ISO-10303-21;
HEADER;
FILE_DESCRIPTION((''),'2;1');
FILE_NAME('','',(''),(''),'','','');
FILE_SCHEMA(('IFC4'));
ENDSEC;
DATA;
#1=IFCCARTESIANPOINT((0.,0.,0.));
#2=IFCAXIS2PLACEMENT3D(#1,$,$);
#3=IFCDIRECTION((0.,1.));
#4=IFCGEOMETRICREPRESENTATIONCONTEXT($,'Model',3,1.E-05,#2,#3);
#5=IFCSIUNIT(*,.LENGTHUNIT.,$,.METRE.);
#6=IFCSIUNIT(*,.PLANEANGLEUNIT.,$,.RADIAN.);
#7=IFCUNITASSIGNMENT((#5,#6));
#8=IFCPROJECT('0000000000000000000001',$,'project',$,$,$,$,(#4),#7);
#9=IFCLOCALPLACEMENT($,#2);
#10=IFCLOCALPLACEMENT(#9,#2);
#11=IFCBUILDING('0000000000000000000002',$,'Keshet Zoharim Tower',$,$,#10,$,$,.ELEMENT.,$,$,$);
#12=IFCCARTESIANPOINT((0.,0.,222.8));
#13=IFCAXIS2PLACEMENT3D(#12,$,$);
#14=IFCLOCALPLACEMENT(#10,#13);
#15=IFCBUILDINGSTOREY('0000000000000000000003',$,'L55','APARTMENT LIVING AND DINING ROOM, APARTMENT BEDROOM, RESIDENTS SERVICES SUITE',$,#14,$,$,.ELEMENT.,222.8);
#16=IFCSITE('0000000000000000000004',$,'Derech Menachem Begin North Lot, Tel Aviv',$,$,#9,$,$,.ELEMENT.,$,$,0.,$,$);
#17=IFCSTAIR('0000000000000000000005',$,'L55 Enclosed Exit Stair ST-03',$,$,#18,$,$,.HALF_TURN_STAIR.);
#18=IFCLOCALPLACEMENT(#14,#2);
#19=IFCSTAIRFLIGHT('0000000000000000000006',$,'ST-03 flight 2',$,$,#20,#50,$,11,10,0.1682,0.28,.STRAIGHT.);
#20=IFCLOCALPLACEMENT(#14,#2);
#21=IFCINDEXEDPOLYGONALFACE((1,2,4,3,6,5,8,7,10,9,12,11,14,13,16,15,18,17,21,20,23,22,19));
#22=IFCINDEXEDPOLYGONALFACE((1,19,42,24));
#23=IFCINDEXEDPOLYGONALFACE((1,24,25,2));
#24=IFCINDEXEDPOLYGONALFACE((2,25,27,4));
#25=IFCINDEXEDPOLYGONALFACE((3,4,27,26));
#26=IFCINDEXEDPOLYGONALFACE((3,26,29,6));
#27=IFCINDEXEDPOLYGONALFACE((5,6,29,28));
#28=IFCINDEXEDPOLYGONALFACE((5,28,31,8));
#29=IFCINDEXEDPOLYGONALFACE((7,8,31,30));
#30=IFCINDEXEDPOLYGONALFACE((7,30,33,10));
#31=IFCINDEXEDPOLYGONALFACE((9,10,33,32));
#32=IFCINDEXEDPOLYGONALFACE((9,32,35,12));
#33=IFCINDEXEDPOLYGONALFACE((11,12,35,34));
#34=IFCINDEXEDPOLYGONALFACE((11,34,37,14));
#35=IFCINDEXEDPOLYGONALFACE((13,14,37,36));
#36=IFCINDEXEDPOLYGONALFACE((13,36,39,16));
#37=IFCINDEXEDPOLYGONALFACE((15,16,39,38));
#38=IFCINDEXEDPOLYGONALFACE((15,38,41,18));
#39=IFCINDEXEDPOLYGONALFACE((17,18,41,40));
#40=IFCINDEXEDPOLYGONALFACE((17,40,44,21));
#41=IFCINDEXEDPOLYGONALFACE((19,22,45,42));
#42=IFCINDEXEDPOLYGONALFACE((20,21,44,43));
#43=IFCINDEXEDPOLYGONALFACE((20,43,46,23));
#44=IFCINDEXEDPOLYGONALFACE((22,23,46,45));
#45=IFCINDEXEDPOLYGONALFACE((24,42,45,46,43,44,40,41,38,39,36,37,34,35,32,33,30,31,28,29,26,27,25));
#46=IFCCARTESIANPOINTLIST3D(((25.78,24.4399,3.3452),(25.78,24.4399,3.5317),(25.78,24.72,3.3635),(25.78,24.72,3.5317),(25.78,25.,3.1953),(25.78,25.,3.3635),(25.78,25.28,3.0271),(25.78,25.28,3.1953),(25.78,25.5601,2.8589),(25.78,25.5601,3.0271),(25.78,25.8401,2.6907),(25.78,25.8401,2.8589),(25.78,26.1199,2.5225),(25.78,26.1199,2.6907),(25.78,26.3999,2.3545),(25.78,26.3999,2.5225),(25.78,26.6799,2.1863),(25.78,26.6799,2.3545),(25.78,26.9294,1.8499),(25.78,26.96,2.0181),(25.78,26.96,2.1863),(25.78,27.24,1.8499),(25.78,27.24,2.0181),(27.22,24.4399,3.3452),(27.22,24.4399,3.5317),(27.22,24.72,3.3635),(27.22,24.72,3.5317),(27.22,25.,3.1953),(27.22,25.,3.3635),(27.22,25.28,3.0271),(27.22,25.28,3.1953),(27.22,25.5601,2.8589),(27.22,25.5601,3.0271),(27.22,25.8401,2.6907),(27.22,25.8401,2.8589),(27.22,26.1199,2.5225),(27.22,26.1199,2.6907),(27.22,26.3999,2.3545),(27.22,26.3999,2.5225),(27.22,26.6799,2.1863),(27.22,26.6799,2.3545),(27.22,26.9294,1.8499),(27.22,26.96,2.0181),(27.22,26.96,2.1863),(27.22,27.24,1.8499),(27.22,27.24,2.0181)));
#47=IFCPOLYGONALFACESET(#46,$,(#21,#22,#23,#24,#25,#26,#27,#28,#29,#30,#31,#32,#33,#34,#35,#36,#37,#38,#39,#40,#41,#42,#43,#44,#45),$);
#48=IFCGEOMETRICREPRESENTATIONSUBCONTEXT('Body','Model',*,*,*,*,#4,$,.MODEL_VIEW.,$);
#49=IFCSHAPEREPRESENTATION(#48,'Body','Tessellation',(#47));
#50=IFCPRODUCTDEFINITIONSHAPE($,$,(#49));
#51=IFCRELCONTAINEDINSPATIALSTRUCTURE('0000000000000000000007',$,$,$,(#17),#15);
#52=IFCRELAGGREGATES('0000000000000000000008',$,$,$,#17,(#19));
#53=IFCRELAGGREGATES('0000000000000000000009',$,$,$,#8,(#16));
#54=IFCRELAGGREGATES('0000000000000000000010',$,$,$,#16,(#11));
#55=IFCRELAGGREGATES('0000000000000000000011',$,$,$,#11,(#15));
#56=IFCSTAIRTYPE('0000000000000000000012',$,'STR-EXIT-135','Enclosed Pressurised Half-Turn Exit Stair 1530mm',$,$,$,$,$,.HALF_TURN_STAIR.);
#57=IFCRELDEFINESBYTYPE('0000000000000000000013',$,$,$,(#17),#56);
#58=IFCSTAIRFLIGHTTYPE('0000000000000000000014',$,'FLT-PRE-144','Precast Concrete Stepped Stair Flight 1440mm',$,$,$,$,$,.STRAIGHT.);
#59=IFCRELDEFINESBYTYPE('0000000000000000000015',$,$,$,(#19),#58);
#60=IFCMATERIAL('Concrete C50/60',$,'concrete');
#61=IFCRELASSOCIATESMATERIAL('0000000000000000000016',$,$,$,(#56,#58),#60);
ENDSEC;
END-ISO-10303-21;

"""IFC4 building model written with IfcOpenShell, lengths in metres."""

from ifc_helpers import new_model, si_unit, direction, frame, origin, place, context, subcontext, project, spatial, polyline, outline, extrude, material, type_object, element, aggregate, save


model = new_model("IFC4")

# Units and contexts
model_context = context("Model", 3, precision=1e-05, world=origin(), true_north=direction((0.0, 1.0)))
body_context = subcontext(model_context, "Body", "Model", "MODEL_VIEW")
ifc_project = project(units=[si_unit("LENGTHUNIT", "METRE"), si_unit("PLANEANGLEUNIT", "RADIAN")], contexts=[model_context])

# Site, building, storey
site_placement = place(None, origin())
site = spatial("IfcSite", under=ifc_project, at=site_placement, Name="Derech Menachem Begin North Lot, Tel Aviv", CompositionType="ELEMENT", RefElevation=0.0)
building_placement = place(site_placement, origin())
building = spatial("IfcBuilding", under=site, at=building_placement, Name="Keshet Zoharim Tower", CompositionType="ELEMENT")
storey_placement = place(building_placement, frame((0.0, 0.0, 222.8)))
storey = spatial("IfcBuildingStorey", under=building, at=storey_placement, Name="L55", Description="APARTMENT LIVING AND DINING ROOM, APARTMENT BEDROOM, RESIDENTS SERVICES SUITE", CompositionType="ELEMENT", Elevation=222.8)

# Shared definitions
ifc_material_1 = material(Name="Concrete C50/60", Category="concrete")

# Stair, stair flight
stair_type = type_object("IfcStairType", Name="STR-EXIT-135", Description="Enclosed Pressurised Half-Turn Exit Stair 1530mm", PredefinedType="HALF_TURN_STAIR", material=ifc_material_1)
stair_1_placement = place(storey_placement, origin())
stair_1 = element("IfcStair", 1, at=stair_1_placement, inside=storey, type_object=stair_type, Name="L55 Enclosed Exit Stair ST-03", PredefinedType="HALF_TURN_STAIR")
stair_flight_type_1 = type_object("IfcStairFlightType", Name="FLT-PRE-144", Description="Precast Concrete Stepped Stair Flight 1440mm", PredefinedType="STRAIGHT", material=ifc_material_1)
stair_flight_1_placement = place(storey_placement, frame((26.5, 27.24, 1.8499), z_axis=(0.0, 0.0, 1.0), x_axis=(0.0, -1.0, 0.0)))
stair_flight_1 = element("IfcStairFlight", 2, at=stair_flight_1_placement, type_object=stair_flight_type_1, Name="ST-03 flight 2", NumberOfRisers=11, NumberOfTreads=10, PredefinedType="STRAIGHT", RiserHeight=0.1682, TreadLength=0.28, context=body_context, shape_type="SweptSolid", body=[
    extrude(outline(polyline([(0.0, 0.0), (0.0, 0.1682), (0.28, 0.1682), (0.28, 0.3364), (0.5601, 0.3364), (0.5601, 0.5046), (0.8401, 0.5046), (0.8401, 0.6726), (1.1201, 0.6726), (1.1201, 0.8408), (1.3999, 0.8408), (1.3999, 1.009), (1.6799, 1.009), (1.6799, 1.1772), (1.96, 1.1772), (1.96, 1.3455), (2.24, 1.3455), (2.24, 1.5137), (2.52, 1.5137), (2.52, 1.6819), (2.8, 1.6819), (2.8, 1.8501), (2.8, 1.4954), (0.3105, 0.0), (0.0, 0.0)])), frame((0.0, 0.72, 0.0), z_axis=(0.0, -1.0, 0.0), x_axis=(1.0, 0.0, 0.0)), (0.0, 0.0, 1.0), 1.4399),
])
aggregate(stair_1, [stair_flight_1])

save(model, "model.ifc")
